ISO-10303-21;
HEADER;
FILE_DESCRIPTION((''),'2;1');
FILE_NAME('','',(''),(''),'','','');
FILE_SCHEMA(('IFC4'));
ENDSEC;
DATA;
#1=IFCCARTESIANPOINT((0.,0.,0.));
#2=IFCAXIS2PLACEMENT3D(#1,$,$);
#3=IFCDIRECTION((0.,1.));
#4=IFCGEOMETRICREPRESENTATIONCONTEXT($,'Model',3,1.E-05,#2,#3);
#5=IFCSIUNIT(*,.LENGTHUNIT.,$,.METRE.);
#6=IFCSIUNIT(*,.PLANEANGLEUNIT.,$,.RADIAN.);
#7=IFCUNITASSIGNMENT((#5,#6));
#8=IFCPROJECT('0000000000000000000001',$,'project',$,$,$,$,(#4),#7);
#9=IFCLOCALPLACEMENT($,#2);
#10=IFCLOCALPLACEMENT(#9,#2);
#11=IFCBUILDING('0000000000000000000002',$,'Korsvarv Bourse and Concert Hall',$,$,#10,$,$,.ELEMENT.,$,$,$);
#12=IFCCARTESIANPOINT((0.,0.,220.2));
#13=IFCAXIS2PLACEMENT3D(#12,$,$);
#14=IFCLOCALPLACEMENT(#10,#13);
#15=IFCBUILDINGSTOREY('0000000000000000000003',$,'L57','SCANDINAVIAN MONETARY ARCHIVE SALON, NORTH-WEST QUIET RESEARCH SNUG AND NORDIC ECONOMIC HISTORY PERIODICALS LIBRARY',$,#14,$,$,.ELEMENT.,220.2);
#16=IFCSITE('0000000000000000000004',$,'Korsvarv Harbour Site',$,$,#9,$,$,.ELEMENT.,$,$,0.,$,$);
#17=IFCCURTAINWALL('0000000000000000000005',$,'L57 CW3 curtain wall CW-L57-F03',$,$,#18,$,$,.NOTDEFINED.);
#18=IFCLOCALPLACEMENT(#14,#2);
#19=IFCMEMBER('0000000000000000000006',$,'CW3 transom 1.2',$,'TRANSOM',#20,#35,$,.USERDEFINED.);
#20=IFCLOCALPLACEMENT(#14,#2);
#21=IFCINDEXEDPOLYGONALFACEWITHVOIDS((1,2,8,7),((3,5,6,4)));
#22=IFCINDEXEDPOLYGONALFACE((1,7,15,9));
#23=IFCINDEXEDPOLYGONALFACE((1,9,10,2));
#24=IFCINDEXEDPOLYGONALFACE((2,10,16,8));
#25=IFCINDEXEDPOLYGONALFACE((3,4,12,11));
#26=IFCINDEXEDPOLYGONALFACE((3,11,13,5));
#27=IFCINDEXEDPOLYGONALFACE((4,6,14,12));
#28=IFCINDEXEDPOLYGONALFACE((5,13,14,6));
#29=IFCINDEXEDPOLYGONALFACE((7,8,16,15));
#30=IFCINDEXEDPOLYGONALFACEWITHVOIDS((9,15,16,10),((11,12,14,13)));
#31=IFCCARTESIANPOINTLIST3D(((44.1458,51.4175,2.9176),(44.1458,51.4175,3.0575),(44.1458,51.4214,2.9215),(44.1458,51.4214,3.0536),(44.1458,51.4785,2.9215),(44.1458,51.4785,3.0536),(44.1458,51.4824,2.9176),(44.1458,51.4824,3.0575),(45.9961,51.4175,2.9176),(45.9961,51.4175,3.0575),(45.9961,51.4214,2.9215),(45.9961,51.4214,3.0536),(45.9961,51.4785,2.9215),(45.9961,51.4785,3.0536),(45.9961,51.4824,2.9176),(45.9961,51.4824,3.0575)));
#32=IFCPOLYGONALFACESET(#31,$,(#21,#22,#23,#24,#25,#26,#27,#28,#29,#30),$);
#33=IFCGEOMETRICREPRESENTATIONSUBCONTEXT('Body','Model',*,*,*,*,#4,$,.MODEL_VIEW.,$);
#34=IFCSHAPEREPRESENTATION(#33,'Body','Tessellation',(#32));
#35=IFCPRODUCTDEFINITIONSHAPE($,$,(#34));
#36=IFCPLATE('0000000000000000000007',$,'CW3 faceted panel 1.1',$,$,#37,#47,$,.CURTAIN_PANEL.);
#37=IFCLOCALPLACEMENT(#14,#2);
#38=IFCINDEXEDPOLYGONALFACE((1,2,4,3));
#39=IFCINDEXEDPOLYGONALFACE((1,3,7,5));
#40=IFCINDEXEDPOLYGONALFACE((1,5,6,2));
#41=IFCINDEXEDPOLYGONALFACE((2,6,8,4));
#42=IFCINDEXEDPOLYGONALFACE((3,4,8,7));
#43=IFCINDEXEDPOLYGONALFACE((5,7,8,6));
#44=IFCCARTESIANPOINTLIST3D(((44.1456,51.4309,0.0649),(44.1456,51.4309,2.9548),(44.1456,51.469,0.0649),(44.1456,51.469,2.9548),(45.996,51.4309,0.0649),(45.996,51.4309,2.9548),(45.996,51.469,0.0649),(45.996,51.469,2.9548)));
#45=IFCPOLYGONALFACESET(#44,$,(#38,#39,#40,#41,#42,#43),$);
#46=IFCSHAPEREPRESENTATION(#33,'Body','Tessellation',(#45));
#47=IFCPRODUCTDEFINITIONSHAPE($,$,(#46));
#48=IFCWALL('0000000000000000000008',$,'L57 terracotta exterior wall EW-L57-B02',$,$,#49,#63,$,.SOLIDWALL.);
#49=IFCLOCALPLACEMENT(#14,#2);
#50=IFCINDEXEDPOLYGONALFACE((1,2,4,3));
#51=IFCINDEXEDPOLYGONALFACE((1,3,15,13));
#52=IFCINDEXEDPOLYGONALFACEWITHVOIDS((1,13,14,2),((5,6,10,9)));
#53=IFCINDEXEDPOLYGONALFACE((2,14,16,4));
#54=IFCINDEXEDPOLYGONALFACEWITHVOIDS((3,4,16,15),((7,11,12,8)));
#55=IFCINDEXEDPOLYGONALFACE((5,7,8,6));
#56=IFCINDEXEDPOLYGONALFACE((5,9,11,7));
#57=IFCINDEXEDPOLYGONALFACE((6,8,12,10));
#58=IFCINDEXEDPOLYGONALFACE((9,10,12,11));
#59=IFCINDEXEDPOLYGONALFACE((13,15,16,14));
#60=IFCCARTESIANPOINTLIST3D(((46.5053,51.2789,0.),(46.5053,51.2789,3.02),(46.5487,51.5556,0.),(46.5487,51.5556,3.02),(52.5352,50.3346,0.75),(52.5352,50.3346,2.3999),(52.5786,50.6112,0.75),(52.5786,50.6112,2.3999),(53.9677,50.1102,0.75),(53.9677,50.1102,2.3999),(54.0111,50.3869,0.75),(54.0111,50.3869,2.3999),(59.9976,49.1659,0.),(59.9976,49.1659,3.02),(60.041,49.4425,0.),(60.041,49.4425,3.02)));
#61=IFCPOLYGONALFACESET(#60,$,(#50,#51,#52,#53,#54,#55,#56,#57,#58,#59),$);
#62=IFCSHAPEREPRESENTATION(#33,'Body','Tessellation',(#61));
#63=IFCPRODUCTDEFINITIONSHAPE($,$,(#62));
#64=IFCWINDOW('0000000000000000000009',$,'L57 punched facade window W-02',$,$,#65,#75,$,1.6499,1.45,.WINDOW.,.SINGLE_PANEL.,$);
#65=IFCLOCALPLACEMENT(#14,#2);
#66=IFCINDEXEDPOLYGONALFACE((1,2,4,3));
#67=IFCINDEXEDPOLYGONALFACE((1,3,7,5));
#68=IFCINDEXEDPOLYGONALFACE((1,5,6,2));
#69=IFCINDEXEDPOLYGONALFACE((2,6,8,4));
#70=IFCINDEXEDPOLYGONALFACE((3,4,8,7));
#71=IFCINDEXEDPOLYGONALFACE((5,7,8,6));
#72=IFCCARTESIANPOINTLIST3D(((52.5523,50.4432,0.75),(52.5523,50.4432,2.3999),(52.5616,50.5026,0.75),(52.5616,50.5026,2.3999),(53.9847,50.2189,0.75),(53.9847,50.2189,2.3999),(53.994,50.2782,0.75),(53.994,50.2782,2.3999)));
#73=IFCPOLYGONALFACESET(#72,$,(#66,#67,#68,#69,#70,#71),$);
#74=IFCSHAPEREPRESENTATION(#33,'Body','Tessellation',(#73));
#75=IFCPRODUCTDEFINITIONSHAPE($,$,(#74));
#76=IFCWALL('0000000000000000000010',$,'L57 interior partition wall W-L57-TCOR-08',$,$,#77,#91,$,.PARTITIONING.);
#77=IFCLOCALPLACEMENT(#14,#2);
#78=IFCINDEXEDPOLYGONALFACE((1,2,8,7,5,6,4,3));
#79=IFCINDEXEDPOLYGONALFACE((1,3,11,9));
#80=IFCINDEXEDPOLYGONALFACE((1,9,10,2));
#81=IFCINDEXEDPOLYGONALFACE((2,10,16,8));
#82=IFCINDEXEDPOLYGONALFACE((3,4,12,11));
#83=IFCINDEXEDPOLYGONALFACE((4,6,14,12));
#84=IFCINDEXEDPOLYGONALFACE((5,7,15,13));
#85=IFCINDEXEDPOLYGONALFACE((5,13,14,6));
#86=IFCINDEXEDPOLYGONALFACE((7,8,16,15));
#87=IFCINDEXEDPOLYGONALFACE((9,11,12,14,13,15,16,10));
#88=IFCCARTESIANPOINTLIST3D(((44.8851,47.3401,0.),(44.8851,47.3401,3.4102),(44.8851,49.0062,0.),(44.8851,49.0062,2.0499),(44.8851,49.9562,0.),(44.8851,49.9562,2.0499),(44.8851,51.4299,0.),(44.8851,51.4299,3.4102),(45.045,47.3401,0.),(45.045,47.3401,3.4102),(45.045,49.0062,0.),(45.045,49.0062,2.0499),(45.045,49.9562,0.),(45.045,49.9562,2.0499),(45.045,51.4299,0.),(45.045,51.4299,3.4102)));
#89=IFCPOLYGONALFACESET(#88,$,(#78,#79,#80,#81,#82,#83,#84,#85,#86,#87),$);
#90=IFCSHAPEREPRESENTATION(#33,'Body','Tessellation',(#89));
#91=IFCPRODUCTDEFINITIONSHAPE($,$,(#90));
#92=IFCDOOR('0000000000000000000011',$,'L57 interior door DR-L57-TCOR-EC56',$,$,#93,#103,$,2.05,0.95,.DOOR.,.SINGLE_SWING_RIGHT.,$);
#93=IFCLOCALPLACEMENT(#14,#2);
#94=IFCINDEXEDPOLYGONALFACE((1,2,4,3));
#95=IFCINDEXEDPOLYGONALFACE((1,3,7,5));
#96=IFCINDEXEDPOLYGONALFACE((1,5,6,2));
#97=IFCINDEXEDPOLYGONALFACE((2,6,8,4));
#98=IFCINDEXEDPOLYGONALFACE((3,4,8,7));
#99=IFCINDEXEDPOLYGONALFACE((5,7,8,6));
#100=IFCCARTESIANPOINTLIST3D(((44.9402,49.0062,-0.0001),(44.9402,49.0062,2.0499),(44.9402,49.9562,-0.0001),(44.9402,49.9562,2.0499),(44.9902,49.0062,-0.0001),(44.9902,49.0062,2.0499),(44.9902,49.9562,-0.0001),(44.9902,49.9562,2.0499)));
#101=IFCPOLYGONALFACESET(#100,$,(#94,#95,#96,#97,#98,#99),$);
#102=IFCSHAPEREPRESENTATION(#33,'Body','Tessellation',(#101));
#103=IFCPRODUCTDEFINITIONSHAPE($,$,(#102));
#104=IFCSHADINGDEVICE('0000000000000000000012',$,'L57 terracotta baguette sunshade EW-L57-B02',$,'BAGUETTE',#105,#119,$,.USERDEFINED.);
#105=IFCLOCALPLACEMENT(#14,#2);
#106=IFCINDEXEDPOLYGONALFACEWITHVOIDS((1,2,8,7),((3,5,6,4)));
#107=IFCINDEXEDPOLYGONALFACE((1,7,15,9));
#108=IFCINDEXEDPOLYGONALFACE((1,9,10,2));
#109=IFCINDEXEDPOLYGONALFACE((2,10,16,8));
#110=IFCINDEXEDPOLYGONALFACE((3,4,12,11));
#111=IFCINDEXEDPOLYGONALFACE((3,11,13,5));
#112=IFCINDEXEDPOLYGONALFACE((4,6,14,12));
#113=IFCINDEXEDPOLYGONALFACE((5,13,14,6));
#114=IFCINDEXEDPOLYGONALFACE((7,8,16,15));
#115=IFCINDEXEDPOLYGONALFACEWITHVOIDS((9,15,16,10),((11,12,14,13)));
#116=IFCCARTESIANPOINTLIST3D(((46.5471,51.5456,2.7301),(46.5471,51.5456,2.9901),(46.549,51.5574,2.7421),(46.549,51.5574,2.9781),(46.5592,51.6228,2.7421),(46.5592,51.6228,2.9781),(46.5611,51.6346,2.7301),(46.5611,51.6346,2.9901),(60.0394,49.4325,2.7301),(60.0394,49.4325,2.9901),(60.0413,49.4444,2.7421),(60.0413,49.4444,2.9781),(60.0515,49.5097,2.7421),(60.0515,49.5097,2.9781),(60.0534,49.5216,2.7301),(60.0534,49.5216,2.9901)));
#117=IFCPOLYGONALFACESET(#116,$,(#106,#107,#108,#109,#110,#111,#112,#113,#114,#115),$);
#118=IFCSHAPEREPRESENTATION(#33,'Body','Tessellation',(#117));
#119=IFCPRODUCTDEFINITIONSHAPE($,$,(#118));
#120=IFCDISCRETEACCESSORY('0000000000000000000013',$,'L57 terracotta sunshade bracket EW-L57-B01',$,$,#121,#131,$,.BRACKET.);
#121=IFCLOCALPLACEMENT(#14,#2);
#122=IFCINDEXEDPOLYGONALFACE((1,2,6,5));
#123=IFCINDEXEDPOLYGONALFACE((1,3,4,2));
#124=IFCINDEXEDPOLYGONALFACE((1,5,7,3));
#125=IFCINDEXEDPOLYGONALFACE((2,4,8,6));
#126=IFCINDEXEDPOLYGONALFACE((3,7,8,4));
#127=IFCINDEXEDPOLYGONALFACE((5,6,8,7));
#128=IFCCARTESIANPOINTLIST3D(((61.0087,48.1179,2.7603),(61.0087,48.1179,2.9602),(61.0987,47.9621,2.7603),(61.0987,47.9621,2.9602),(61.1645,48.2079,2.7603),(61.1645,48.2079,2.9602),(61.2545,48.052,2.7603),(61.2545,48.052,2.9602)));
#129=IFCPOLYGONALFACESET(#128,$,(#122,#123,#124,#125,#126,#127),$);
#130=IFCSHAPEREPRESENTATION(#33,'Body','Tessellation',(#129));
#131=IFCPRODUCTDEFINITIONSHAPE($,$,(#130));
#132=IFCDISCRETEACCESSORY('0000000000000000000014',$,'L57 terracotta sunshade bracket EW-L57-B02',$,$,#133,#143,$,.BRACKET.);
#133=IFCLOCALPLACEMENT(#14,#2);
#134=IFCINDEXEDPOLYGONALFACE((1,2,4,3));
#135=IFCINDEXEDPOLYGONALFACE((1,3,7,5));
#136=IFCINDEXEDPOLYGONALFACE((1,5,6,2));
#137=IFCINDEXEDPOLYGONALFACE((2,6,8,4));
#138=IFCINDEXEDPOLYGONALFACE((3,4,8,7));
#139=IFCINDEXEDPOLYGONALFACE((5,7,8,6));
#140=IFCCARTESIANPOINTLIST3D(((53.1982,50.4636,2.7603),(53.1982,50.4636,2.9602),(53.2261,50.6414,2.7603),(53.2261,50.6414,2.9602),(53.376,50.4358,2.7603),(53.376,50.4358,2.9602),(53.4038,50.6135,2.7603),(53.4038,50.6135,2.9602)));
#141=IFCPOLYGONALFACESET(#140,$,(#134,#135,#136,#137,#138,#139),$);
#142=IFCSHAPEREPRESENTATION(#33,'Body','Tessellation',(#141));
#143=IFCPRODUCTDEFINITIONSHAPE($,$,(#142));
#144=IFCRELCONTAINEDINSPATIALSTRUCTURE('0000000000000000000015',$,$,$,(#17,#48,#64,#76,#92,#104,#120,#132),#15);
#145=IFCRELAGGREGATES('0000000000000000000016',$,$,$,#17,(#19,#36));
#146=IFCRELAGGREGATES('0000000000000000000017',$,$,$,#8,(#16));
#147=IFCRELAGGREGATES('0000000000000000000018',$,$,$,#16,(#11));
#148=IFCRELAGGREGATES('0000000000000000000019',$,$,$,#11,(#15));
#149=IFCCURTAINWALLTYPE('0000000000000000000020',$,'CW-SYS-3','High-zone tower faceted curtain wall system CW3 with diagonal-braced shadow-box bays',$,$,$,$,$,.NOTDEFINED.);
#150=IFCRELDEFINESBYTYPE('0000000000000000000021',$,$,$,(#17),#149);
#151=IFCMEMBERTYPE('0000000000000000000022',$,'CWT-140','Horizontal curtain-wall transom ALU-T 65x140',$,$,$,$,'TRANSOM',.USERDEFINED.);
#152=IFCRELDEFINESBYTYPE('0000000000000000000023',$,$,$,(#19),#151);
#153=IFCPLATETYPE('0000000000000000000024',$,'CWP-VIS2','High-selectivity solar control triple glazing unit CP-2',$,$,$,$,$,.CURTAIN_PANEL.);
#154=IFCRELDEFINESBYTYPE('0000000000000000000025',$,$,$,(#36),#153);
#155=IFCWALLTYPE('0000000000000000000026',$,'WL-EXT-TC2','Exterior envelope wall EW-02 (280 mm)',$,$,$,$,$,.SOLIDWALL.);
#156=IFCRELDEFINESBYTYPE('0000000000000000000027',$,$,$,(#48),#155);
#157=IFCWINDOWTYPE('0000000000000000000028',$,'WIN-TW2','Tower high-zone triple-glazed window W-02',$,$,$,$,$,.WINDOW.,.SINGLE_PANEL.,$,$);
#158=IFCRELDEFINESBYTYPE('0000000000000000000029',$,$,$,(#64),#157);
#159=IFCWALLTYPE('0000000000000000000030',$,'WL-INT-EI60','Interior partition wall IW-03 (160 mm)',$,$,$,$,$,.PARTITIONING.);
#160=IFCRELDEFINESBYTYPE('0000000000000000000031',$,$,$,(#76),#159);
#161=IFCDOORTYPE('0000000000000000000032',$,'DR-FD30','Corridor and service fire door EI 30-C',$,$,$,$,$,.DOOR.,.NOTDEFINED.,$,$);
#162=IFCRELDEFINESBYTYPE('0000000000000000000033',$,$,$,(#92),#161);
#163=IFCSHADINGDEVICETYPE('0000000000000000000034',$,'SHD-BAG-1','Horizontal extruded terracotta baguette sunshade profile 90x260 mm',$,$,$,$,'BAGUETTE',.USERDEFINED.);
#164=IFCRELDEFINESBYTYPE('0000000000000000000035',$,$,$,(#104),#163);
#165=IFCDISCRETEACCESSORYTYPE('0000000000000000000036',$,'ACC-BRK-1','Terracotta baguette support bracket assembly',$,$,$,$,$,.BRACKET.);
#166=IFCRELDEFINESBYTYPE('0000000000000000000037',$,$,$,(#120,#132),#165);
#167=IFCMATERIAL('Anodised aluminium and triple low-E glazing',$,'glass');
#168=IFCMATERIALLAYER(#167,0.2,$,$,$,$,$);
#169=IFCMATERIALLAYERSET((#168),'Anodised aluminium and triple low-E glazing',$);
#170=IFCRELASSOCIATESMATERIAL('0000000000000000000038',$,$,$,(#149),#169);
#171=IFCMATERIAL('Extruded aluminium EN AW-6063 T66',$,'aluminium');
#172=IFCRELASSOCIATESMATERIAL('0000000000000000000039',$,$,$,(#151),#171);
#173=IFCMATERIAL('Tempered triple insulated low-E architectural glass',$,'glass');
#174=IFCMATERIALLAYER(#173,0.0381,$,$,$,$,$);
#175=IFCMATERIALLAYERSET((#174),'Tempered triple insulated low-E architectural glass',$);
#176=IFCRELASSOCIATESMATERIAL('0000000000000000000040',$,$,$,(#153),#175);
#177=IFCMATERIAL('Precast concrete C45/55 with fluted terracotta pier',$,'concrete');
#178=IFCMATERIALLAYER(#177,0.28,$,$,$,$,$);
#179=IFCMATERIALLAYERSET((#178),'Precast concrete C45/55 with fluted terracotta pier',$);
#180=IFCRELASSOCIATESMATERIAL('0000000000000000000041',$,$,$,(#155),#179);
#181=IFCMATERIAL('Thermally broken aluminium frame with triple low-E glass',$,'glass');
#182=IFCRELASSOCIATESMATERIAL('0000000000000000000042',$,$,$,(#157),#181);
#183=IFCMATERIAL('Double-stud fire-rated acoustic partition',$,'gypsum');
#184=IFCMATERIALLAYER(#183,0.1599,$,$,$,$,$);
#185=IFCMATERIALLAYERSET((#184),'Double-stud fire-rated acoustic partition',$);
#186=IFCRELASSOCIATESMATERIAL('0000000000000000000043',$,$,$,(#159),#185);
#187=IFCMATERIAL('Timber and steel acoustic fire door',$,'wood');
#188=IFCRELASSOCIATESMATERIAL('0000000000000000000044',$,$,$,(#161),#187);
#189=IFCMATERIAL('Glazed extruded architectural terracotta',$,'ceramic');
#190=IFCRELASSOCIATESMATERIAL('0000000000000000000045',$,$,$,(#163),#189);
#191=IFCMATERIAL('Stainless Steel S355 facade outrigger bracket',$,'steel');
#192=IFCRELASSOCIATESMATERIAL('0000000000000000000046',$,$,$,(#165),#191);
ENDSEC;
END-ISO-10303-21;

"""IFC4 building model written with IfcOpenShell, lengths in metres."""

from ifc_helpers import new_model, si_unit, direction, frame, frame_2d, origin, origin_2d, place, context, subcontext, project, spatial, rectangle, hollow_rectangle, extrude, source, transform, mapped, material, layer, layer_set, material_profile, profile_set, type_object, element, fill, aggregate, save


model = new_model("IFC4")

# Units and contexts
model_context = context("Model", 3, precision=1e-05, world=origin(), true_north=direction((0.0, 1.0)))
body_context = subcontext(model_context, "Body", "Model", "MODEL_VIEW")
ifc_project = project(units=[si_unit("LENGTHUNIT", "METRE"), si_unit("PLANEANGLEUNIT", "RADIAN")], contexts=[model_context])

# Site, building, storey
site_placement = place(None, origin())
site = spatial("IfcSite", under=ifc_project, at=site_placement, Name="Korsvarv Harbour Site", CompositionType="ELEMENT", RefElevation=0.0)
building_placement = place(site_placement, origin())
building = spatial("IfcBuilding", under=site, at=building_placement, Name="Korsvarv Bourse and Concert Hall", CompositionType="ELEMENT")
storey_placement = place(building_placement, frame((0.0, 0.0, 220.2)))
storey = spatial("IfcBuildingStorey", under=building, at=storey_placement, Name="L57", Description="SCANDINAVIAN MONETARY ARCHIVE SALON, NORTH-WEST QUIET RESEARCH SNUG AND NORDIC ECONOMIC HISTORY PERIODICALS LIBRARY", CompositionType="ELEMENT", Elevation=220.2)

# Curtain wall, member, plate
ifc_material_1 = material(Name="Anodised aluminium and triple low-E glazing", Category="glass")
ifc_layer_1 = layer(ifc_material_1, 0.2)
ifc_layer_set_1 = layer_set([ifc_layer_1], Name="Anodised aluminium and triple low-E glazing")
curtain_wall_type = type_object("IfcCurtainWallType", Name="CW-SYS-3", Description="High-zone tower faceted curtain wall system CW3 with diagonal-braced shadow-box bays", PredefinedType="NOTDEFINED", material=ifc_layer_set_1)
curtain_wall_placement = place(storey_placement, origin())
curtain_wall = element("IfcCurtainWall", 1, at=curtain_wall_placement, inside=storey, type_object=curtain_wall_type, Name="L57 CW3 curtain wall CW-L57-F03", PredefinedType="NOTDEFINED")
ifc_material_2 = material(Name="Extruded aluminium EN AW-6063 T66", Category="aluminium")
ifc_material_profile_1 = material_profile(ifc_material_2, hollow_rectangle(XDim=0.0649, YDim=0.1399, WallThickness=0.0039, at=origin_2d()), Name="ALU-T 65x140")
ifc_profile_set_1 = profile_set([ifc_material_profile_1], Name="Extruded aluminium EN AW-6063 T66")
member_type_1 = type_object("IfcMemberType", Name="CWT-140", Description="Horizontal curtain-wall transom ALU-T 65x140", ElementType="TRANSOM", PredefinedType="USERDEFINED", material=ifc_profile_set_1)
shared_shape_1 = source(origin(), body_context, "Body", "SweptSolid", [
    extrude(hollow_rectangle(XDim=0.0649, YDim=0.1399, WallThickness=0.0039, at=origin_2d()), origin(), (0.0, 0.0, 1.0), 1.8503),
])
member_1_placement = place(storey_placement, frame((45.9961, 51.45, 2.9875), z_axis=(-1.0, 0.0, 0.0), x_axis=(0.0, -1.0, 0.0)))
member_1 = element("IfcMember", 2, at=member_1_placement, type_object=member_type_1, Name="CW3 transom 1.2", ObjectType="TRANSOM", PredefinedType="USERDEFINED", context=body_context, shape_type="MappedRepresentation", body=[
    mapped(shared_shape_1, transform((0.0, 0.0, 0.0), scale=1.0)),
])
ifc_material_3 = material(Name="Tempered triple insulated low-E architectural glass", Category="glass")
ifc_layer_2 = layer(ifc_material_3, 0.0381)
ifc_layer_set_2 = layer_set([ifc_layer_2], Name="Tempered triple insulated low-E architectural glass")
plate_type = type_object("IfcPlateType", Name="CWP-VIS2", Description="High-selectivity solar control triple glazing unit CP-2", PredefinedType="CURTAIN_PANEL", material=ifc_layer_set_2)
shared_shape_2 = source(origin(), body_context, "Body", "SweptSolid", [
    extrude(rectangle(XDim=1.8503, YDim=0.0381, at=origin_2d()), origin(), (0.0, 0.0, 1.0), 2.8899),
])
plate_placement = place(storey_placement, frame((45.0708, 51.45, 0.0649), z_axis=(0.0, 0.0, 1.0), x_axis=(-1.0, 0.0, 0.0)))
plate = element("IfcPlate", 3, at=plate_placement, type_object=plate_type, Name="CW3 faceted panel 1.1", PredefinedType="CURTAIN_PANEL", context=body_context, shape_type="MappedRepresentation", body=[
    mapped(shared_shape_2, transform((0.0, 0.0, 0.0), scale=1.0)),
])
aggregate(curtain_wall, [member_1, plate])

# Wall, opening, window
ifc_material_4 = material(Name="Precast concrete C45/55 with fluted terracotta pier", Category="concrete")
ifc_layer_3 = layer(ifc_material_4, 0.28)
ifc_layer_set_3 = layer_set([ifc_layer_3], Name="Precast concrete C45/55 with fluted terracotta pier")
wall_type_1 = type_object("IfcWallType", Name="WL-EXT-TC2", Description="Exterior envelope wall EW-02 (280 mm)", PredefinedType="SOLIDWALL", material=ifc_layer_set_3)
wall_1_placement = place(storey_placement, frame((60.0193, 49.3042, 0.0), z_axis=(0.0, 0.0, 1.0), x_axis=(-0.987957, 0.154726, 0.0)))
wall_1 = element("IfcWall", 4, at=wall_1_placement, inside=storey, type_object=wall_type_1, Name="L57 terracotta exterior wall EW-L57-B02", PredefinedType="SOLIDWALL", context=body_context, shape_type="SweptSolid", body=[
    extrude(rectangle(XDim=13.6567, YDim=0.28, at=frame_2d((6.8284, 0.0))), origin(), (0.0, 0.0, 1.0), 3.02),
])
opening_1_placement = place(wall_1_placement, frame((6.1033, 0.0, 0.75)))
opening_1 = element("IfcOpeningElement", 5, at=opening_1_placement, cuts=wall_1, PredefinedType="OPENING", context=body_context, shape_type="SweptSolid", body=[
    extrude(rectangle(XDim=1.45, YDim=1.6499, at=frame_2d((0.7251, 0.825))), frame((0.0, 0.1499, 0.0), z_axis=(0.0, -1.0, 0.0), x_axis=(1.0, 0.0, 0.0)), (0.0, 0.0, 1.0), 0.3),
])
ifc_material_5 = material(Name="Thermally broken aluminium frame with triple low-E glass", Category="glass")
window_type = type_object("IfcWindowType", Name="WIN-TW2", Description="Tower high-zone triple-glazed window W-02", PartitioningType="SINGLE_PANEL", PredefinedType="WINDOW", material=ifc_material_5)
window_placement = place(opening_1_placement, origin())
window = element("IfcWindow", 6, at=window_placement, inside=storey, type_object=window_type, Name="L57 punched facade window W-02", OverallHeight=1.6499, OverallWidth=1.45, PartitioningType="SINGLE_PANEL", PredefinedType="WINDOW", context=body_context, shape_type="SweptSolid", body=[
    extrude(rectangle(XDim=1.45, YDim=1.6499, at=frame_2d((0.7251, 0.825))), frame((0.0, 0.03, 0.0), z_axis=(0.0, -1.0, 0.0), x_axis=(1.0, 0.0, 0.0)), (0.0, 0.0, 1.0), 0.0601),
])
fill(opening_1, window)

# Wall, opening, door
ifc_material_6 = material(Name="Double-stud fire-rated acoustic partition", Category="gypsum")
ifc_layer_4 = layer(ifc_material_6, 0.1599)
ifc_layer_set_4 = layer_set([ifc_layer_4], Name="Double-stud fire-rated acoustic partition")
wall_type_2 = type_object("IfcWallType", Name="WL-INT-EI60", Description="Interior partition wall IW-03 (160 mm)", PredefinedType="PARTITIONING", material=ifc_layer_set_4)
wall_2_placement = place(storey_placement, frame((44.9651, 47.3401, 0.0), z_axis=(0.0, 0.0, 1.0), x_axis=(0.0, 1.0, 0.0)))
wall_2 = element("IfcWall", 7, at=wall_2_placement, inside=storey, type_object=wall_type_2, Name="L57 interior partition wall W-L57-TCOR-08", PredefinedType="PARTITIONING", context=body_context, shape_type="SweptSolid", body=[
    extrude(rectangle(XDim=4.0898, YDim=0.1599, at=frame_2d((2.0449, 0.0))), origin(), (0.0, 0.0, 1.0), 3.4102),
])
opening_2_placement = place(wall_2_placement, frame((1.666, 0.0, 0.0)))
opening_2 = element("IfcOpeningElement", 8, at=opening_2_placement, cuts=wall_2, PredefinedType="OPENING", context=body_context, shape_type="SweptSolid", body=[
    extrude(rectangle(XDim=0.95, YDim=2.05, at=frame_2d((0.4751, 1.0249))), frame((0.0, 0.0898, 0.0), z_axis=(0.0, -1.0, 0.0), x_axis=(1.0, 0.0, 0.0)), (0.0, 0.0, 1.0), 0.1799),
])
ifc_material_7 = material(Name="Timber and steel acoustic fire door", Category="wood")
door_type = type_object("IfcDoorType", Name="DR-FD30", Description="Corridor and service fire door EI 30-C", OperationType="NOTDEFINED", PredefinedType="DOOR", material=ifc_material_7)
door_placement = place(opening_2_placement, origin())
door = element("IfcDoor", 9, at=door_placement, inside=storey, type_object=door_type, Name="L57 interior door DR-L57-TCOR-EC56", OperationType="SINGLE_SWING_RIGHT", OverallHeight=2.05, OverallWidth=0.95, PredefinedType="DOOR", context=body_context, shape_type="SweptSolid", body=[
    extrude(rectangle(XDim=0.95, YDim=2.05, at=frame_2d((0.4751, 1.0249))), frame((0.0, 0.0249, 0.0), z_axis=(0.0, -1.0, 0.0), x_axis=(1.0, 0.0, 0.0)), (0.0, 0.0, 1.0), 0.05),
])
fill(opening_2, door)

# Shading device
ifc_material_8 = material(Name="Glazed extruded architectural terracotta", Category="ceramic")
ifc_material_profile_2 = material_profile(ifc_material_8, hollow_rectangle(XDim=0.0901, YDim=0.26, WallThickness=0.012, at=origin_2d()), Name="TC-BAG 90x260")
ifc_profile_set_2 = profile_set([ifc_material_profile_2], Name="Glazed extruded architectural terracotta")
shading_device_type = type_object("IfcShadingDeviceType", Name="SHD-BAG-1", Description="Horizontal extruded terracotta baguette sunshade profile 90x260 mm", ElementType="BAGUETTE", PredefinedType="USERDEFINED", material=ifc_profile_set_2)
shared_shape_3 = source(origin(), body_context, "Body", "SweptSolid", [
    extrude(hollow_rectangle(XDim=0.0901, YDim=0.26, WallThickness=0.012, at=origin_2d()), origin(), (0.0, 0.0, 1.0), 13.6567),
])
shading_device_placement = place(storey_placement, frame((60.0464, 49.4771, 2.8601), z_axis=(-0.987957, 0.154726, 0.0), x_axis=(-0.154726, -0.987957, 0.0)))
element("IfcShadingDevice", 10, at=shading_device_placement, inside=storey, type_object=shading_device_type, Name="L57 terracotta baguette sunshade EW-L57-B02", ObjectType="BAGUETTE", PredefinedType="USERDEFINED", context=body_context, shape_type="MappedRepresentation", body=[
    mapped(shared_shape_3, transform((0.0, 0.0, 0.0), scale=1.0)),
])

# Discrete accessories
ifc_material_9 = material(Name="Stainless Steel S355 facade outrigger bracket", Category="steel")
discrete_accessory_type = type_object("IfcDiscreteAccessoryType", Name="ACC-BRK-1", Description="Terracotta baguette support bracket assembly", PredefinedType="BRACKET", material=ifc_material_9)
shared_shape_4 = source(origin(), body_context, "Body", "SweptSolid", [
    extrude(rectangle(XDim=0.1799, YDim=0.1799, at=origin_2d()), origin(), (0.0, 0.0, 1.0), 0.2),
])
for number, where, z_axis, x_axis, name in (
    (11, (61.1316, 48.085, 2.7603), (0.0, 0.0, 1.0), (-0.5, 0.866025, 0.0), "L57 terracotta sunshade bracket EW-L57-B01"),
    (12, (53.301, 50.5386, 2.7603), (0.0, 0.0, 1.0), (-0.98796, 0.15471, 0.0), "L57 terracotta sunshade bracket EW-L57-B02"),
):
    element("IfcDiscreteAccessory", number, at=place(storey_placement, frame(where, z_axis=z_axis, x_axis=x_axis)), inside=storey, type_object=discrete_accessory_type, Name=name, PredefinedType="BRACKET", context=body_context, shape_type="MappedRepresentation", body=[
        mapped(shared_shape_4, transform((0.0, 0.0, 0.0), scale=1.0)),
    ])

save(model, "model.ifc")
